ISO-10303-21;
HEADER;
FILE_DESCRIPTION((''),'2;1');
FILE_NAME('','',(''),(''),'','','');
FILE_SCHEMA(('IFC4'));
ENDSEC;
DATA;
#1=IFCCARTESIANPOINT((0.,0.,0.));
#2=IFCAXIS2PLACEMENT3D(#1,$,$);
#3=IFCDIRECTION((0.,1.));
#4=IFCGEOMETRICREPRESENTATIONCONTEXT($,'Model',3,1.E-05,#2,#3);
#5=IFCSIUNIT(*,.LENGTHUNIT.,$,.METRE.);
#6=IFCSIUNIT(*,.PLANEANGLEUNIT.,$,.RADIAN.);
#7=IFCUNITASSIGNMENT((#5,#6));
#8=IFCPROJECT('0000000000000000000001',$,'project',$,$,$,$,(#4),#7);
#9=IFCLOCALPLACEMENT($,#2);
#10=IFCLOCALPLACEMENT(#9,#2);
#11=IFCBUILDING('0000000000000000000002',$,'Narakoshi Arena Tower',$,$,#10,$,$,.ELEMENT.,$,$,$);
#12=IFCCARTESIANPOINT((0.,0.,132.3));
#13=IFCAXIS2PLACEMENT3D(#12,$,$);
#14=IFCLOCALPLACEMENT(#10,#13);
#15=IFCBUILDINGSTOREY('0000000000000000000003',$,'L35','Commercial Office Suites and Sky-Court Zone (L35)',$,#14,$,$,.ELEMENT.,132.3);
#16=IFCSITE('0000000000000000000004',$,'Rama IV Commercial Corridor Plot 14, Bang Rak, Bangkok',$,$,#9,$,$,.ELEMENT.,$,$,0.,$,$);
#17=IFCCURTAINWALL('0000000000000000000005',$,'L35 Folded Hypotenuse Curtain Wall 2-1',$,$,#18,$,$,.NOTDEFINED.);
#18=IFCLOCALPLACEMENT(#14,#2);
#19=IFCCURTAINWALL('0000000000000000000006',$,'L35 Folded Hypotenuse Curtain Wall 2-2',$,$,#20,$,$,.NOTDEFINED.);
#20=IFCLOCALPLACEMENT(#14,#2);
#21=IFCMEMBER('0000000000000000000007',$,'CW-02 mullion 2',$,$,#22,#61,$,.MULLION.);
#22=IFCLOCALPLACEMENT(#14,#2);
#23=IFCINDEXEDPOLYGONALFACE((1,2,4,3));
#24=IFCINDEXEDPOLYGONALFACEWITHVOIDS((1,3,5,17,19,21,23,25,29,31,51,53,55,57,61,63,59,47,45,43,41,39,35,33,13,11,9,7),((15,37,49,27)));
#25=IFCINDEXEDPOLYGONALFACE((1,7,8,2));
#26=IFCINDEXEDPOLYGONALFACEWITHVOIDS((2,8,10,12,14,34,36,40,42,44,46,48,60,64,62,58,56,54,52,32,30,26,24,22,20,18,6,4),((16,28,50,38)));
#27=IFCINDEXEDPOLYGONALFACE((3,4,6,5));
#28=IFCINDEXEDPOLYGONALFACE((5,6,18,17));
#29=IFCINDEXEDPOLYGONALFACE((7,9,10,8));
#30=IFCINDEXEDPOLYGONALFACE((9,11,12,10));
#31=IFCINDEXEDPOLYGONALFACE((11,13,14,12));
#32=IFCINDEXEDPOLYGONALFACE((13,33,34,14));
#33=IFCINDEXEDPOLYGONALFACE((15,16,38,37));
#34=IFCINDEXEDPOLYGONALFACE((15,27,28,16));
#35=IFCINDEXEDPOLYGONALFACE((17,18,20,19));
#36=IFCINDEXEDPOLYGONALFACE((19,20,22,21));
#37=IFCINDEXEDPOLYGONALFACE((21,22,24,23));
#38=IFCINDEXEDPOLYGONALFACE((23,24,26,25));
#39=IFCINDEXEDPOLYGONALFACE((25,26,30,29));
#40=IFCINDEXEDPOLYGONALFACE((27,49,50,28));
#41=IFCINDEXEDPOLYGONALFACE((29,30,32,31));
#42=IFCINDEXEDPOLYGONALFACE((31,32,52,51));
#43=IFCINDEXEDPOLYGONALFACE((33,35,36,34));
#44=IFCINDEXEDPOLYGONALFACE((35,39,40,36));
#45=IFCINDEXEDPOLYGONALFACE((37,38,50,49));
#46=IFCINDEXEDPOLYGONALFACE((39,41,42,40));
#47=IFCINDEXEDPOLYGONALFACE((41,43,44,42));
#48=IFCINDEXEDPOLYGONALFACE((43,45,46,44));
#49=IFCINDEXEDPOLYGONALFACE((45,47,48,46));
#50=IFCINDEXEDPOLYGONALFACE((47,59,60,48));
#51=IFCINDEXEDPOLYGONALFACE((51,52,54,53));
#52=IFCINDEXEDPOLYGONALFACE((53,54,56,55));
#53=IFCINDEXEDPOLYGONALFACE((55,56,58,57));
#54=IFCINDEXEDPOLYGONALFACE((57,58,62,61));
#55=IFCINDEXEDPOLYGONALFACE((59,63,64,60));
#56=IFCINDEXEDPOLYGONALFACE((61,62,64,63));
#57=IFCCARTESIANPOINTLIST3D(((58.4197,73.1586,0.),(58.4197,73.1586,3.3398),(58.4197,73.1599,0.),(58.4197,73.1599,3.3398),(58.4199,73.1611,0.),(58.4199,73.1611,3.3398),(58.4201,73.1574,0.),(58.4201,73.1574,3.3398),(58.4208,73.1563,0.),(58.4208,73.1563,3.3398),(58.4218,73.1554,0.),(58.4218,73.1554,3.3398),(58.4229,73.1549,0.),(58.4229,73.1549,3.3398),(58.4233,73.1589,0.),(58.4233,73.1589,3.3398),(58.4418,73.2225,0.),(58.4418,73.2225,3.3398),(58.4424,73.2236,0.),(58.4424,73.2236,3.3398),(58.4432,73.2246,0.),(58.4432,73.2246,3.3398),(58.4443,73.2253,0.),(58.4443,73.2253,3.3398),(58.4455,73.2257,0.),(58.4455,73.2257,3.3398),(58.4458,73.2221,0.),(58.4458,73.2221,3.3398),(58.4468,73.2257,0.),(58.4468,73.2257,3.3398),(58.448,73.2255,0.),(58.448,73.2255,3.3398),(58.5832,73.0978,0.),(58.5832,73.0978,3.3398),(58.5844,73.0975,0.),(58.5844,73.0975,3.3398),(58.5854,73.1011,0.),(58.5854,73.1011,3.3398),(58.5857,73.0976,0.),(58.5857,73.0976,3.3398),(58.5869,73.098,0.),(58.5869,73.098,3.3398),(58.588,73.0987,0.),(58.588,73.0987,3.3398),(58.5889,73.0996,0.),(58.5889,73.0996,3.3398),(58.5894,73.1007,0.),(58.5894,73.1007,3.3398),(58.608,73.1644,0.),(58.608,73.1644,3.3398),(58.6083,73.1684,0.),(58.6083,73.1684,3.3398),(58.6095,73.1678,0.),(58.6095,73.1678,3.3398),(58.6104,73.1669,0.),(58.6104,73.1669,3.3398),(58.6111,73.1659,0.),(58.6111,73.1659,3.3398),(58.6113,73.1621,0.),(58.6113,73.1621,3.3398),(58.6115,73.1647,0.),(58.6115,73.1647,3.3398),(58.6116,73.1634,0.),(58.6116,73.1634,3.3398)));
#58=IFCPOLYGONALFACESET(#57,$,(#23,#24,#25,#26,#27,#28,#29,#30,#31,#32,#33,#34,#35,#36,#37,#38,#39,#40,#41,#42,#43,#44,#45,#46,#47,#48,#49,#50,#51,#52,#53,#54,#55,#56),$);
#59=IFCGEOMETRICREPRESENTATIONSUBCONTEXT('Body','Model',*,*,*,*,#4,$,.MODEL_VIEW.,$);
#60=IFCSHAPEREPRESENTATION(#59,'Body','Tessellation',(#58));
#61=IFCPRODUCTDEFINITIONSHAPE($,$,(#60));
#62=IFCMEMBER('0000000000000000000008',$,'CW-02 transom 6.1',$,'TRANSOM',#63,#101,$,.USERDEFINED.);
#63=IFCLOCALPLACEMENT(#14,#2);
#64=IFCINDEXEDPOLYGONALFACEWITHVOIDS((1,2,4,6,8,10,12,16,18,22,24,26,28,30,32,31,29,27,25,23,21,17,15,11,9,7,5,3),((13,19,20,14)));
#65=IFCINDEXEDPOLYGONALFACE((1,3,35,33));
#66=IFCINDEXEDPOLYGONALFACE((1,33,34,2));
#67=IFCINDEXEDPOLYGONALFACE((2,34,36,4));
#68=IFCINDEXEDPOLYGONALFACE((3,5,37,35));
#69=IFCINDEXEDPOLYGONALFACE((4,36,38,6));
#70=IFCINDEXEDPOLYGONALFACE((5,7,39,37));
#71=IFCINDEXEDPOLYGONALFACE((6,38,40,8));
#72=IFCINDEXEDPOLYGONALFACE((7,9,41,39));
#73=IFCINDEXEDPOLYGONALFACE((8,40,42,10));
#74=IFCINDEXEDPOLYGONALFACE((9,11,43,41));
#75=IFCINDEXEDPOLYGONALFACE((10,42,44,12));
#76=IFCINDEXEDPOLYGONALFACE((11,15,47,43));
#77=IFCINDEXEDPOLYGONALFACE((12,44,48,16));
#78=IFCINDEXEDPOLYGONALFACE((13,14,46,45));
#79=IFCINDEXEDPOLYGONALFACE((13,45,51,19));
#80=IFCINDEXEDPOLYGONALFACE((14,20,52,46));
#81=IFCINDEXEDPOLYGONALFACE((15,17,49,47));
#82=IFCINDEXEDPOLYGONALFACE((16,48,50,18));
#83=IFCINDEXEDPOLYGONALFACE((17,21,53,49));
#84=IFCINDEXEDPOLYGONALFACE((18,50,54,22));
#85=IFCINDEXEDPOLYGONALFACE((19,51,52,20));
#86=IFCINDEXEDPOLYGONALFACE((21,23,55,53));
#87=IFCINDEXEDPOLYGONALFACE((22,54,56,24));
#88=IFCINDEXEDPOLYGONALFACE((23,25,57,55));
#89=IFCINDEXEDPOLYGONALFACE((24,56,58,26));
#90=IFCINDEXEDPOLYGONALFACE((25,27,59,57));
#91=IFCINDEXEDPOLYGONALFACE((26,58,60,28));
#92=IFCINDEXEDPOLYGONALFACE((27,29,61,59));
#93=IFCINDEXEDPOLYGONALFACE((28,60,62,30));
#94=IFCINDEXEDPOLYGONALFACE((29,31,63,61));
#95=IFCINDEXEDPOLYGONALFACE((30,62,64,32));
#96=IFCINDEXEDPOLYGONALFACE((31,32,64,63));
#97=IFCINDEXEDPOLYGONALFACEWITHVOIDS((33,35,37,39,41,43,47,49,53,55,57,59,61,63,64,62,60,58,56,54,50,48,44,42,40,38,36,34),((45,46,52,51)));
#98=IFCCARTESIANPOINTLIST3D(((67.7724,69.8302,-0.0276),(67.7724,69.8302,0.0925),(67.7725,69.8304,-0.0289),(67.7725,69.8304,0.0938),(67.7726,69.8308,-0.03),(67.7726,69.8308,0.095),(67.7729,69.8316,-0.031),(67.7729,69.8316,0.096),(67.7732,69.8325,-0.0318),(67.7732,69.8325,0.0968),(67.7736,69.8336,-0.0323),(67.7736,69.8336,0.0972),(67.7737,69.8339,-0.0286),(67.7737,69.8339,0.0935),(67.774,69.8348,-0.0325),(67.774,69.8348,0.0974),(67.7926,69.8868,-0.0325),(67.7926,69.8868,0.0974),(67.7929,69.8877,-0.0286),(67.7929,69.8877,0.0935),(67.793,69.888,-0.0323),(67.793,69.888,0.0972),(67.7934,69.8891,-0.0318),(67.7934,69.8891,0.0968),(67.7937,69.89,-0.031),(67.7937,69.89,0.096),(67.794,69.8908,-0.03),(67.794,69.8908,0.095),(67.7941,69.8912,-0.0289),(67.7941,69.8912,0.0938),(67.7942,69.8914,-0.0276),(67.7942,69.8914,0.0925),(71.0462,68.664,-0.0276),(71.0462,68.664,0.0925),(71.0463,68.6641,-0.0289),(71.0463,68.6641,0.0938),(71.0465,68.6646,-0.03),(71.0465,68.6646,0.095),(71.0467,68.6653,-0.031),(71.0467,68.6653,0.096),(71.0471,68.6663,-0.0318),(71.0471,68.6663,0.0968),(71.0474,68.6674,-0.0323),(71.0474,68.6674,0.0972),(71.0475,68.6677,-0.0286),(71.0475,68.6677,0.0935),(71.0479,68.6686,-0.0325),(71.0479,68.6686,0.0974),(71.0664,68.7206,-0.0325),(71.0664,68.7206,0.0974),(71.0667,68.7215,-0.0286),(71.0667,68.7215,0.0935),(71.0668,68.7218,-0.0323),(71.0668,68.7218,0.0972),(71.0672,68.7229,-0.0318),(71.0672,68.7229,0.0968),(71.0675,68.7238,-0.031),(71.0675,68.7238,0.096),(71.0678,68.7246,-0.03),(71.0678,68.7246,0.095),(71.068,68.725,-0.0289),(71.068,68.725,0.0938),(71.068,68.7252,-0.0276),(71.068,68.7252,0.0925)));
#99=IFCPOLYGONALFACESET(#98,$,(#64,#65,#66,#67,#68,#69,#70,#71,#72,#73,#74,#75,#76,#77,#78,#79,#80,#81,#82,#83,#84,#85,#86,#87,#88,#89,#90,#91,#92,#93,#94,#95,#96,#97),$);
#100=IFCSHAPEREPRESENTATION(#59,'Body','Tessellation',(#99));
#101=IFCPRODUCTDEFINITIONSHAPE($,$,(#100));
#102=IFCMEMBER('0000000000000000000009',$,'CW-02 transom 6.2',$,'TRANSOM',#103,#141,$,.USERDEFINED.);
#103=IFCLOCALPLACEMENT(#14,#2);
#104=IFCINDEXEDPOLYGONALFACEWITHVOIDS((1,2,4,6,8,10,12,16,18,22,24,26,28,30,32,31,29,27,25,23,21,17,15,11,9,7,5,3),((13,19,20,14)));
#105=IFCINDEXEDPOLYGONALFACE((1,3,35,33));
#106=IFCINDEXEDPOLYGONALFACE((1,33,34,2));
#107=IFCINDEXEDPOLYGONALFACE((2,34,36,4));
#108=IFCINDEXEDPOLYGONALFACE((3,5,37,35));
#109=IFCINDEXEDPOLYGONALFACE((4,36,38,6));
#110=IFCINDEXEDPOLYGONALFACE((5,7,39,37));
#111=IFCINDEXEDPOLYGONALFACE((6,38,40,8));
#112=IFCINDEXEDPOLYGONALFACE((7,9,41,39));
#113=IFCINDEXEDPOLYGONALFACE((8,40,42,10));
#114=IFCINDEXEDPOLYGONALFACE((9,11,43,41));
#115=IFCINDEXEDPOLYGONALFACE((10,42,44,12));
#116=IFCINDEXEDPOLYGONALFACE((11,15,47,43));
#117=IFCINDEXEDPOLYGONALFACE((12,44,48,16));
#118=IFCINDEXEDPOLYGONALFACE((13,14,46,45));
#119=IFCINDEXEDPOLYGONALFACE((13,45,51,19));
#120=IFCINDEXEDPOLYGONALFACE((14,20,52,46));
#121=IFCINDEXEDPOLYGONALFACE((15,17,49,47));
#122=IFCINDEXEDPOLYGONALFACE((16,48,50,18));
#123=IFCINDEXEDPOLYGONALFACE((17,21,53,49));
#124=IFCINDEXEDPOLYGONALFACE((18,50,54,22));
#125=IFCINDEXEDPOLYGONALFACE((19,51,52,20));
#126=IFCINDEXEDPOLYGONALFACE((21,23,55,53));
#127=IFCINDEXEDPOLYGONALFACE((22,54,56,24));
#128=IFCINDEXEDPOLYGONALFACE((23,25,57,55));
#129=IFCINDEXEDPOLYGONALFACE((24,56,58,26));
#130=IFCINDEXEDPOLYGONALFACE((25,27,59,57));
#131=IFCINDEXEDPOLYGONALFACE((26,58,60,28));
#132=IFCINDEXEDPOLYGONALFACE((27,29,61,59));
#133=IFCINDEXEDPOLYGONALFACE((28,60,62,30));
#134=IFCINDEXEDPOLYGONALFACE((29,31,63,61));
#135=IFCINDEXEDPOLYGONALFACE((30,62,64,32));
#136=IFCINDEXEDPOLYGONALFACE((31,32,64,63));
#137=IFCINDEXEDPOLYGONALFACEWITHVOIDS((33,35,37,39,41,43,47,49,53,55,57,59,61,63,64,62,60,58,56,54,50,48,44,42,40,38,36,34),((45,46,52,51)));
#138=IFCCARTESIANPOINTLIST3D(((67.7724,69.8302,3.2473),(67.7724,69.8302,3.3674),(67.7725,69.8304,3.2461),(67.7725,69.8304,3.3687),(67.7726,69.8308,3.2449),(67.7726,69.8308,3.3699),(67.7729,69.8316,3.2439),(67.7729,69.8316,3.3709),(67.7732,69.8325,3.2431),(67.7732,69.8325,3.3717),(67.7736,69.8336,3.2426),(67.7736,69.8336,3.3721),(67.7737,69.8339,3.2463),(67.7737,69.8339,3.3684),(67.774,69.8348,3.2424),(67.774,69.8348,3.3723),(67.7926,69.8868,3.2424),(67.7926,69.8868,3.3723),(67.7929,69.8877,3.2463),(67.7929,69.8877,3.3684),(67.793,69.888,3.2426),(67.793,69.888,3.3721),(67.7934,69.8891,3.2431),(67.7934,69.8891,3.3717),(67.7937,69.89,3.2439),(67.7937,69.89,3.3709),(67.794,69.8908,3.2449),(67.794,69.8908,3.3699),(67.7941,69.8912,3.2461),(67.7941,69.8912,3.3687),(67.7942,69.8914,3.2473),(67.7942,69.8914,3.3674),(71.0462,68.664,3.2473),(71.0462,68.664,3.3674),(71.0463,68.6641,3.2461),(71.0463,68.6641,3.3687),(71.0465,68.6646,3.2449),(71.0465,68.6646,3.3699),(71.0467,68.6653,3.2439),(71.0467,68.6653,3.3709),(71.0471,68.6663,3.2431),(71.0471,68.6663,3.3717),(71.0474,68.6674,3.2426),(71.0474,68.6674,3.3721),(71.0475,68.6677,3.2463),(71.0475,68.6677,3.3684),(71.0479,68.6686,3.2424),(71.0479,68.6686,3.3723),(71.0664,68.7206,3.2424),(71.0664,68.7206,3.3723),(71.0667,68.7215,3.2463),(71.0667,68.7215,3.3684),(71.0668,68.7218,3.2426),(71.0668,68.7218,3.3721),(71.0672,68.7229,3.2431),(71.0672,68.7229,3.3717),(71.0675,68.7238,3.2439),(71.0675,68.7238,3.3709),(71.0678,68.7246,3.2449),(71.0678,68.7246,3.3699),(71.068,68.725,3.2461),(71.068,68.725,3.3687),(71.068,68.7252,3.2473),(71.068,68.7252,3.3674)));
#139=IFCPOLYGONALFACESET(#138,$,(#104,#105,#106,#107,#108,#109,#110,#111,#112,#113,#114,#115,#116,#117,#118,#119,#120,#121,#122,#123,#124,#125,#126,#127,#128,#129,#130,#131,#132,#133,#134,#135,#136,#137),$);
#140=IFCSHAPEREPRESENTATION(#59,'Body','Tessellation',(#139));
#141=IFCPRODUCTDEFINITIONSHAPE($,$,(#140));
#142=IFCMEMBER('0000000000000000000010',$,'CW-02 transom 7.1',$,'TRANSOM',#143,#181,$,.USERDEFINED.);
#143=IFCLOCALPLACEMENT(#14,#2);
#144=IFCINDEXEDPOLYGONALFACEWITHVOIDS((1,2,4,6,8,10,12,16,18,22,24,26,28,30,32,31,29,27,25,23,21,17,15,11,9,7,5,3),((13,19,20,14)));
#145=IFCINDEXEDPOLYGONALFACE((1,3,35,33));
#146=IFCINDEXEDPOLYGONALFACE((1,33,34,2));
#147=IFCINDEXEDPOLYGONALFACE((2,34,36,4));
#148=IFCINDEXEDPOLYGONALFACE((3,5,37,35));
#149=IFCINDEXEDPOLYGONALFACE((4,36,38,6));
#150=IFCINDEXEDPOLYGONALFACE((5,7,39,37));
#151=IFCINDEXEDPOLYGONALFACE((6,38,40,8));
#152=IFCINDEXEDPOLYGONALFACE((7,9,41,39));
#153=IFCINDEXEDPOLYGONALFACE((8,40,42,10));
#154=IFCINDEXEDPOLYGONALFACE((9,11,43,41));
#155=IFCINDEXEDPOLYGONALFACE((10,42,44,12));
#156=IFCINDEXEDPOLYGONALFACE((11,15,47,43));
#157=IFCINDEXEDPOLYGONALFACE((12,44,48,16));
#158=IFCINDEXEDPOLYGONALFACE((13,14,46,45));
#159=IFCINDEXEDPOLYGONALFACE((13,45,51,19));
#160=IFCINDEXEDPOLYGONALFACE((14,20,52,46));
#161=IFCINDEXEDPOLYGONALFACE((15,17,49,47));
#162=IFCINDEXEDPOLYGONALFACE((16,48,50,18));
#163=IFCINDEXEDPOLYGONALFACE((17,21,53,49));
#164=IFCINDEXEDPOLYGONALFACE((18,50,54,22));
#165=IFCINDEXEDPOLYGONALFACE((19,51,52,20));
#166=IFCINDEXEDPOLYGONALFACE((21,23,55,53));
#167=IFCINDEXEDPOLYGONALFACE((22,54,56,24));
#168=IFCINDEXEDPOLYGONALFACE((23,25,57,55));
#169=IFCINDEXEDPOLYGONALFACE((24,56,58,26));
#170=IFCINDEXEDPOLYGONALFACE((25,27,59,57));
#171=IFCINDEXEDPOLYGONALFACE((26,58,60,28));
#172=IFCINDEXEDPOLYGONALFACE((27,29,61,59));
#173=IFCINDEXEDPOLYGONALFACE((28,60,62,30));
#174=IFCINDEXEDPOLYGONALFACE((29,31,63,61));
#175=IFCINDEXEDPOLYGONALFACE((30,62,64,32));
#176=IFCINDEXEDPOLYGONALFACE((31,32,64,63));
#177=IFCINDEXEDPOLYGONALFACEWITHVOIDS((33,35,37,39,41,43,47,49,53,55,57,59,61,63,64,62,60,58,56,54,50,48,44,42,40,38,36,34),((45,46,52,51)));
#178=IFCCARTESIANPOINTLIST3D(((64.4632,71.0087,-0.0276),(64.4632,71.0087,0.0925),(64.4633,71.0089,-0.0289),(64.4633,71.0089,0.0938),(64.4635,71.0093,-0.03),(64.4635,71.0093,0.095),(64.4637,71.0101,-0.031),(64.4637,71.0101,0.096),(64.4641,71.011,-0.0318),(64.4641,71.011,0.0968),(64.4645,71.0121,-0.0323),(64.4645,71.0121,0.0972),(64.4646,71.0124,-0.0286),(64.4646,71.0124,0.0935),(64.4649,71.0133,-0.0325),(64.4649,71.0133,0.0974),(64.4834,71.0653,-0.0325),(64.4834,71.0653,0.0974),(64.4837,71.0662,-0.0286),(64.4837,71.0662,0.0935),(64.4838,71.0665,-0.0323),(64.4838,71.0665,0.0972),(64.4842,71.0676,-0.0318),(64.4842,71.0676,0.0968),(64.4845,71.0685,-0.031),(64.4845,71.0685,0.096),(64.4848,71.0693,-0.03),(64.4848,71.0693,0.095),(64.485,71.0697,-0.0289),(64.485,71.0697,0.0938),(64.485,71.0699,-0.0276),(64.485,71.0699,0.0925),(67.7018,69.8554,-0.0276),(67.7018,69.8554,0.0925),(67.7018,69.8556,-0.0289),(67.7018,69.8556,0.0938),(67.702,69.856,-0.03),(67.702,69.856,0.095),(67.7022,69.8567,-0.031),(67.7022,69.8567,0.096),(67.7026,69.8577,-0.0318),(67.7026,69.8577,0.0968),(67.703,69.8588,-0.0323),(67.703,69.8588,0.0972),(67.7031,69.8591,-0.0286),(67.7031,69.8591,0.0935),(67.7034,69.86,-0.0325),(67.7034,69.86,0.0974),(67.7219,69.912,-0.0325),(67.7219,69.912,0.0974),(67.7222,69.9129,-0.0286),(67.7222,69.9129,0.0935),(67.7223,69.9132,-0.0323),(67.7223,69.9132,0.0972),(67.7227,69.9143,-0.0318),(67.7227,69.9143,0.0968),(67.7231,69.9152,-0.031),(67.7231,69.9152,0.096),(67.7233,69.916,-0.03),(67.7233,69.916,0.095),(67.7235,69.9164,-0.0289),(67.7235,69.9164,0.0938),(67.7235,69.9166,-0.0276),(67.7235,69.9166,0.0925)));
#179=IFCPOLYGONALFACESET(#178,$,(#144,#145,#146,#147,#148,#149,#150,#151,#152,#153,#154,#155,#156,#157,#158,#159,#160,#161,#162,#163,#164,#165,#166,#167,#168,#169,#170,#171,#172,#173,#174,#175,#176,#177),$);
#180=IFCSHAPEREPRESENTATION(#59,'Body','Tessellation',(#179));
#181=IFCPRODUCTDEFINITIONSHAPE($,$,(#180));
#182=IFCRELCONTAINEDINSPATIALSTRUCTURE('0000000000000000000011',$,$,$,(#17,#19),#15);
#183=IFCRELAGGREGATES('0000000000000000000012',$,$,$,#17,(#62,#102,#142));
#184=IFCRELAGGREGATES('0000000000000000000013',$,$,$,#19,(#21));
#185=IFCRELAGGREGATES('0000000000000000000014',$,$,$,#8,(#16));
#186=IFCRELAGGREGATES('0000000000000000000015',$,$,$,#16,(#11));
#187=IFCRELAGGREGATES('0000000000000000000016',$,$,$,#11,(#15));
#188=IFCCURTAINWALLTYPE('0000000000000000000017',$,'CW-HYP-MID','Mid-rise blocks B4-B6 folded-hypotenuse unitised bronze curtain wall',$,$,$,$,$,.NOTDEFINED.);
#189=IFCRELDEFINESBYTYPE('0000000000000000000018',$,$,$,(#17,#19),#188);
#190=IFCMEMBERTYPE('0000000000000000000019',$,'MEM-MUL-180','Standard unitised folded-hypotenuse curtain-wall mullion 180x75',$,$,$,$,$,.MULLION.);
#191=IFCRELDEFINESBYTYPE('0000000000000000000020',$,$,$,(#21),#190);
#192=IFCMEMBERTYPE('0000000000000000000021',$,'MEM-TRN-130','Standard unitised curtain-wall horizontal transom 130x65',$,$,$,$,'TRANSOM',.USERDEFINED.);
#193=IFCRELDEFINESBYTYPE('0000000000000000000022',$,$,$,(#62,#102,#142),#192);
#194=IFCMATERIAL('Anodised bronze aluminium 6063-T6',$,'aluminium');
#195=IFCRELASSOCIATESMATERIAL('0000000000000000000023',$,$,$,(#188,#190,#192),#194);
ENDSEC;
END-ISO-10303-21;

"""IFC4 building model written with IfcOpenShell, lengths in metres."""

from ifc_helpers import new_model, si_unit, direction, frame, origin, origin_2d, place, context, subcontext, project, spatial, hollow_rectangle, extrude, material, material_profile, profile_set, type_object, element, aggregate, save


model = new_model("IFC4")

# Units and contexts
model_context = context("Model", 3, precision=1e-05, world=origin(), true_north=direction((0.0, 1.0)))
body_context = subcontext(model_context, "Body", "Model", "MODEL_VIEW")
ifc_project = project(units=[si_unit("LENGTHUNIT", "METRE"), si_unit("PLANEANGLEUNIT", "RADIAN")], contexts=[model_context])

# Site, building, storey
site_placement = place(None, origin())
site = spatial("IfcSite", under=ifc_project, at=site_placement, Name="Rama IV Commercial Corridor Plot 14, Bang Rak, Bangkok", CompositionType="ELEMENT", RefElevation=0.0)
building_placement = place(site_placement, origin())
building = spatial("IfcBuilding", under=site, at=building_placement, Name="Narakoshi Arena Tower", CompositionType="ELEMENT")
storey_placement = place(building_placement, frame((0.0, 0.0, 132.3)))
storey = spatial("IfcBuildingStorey", under=building, at=storey_placement, Name="L35", Description="Commercial Office Suites and Sky-Court Zone (L35)", CompositionType="ELEMENT", Elevation=132.3)

# Curtain walls, member
ifc_material_1 = material(Name="Anodised bronze aluminium 6063-T6", Category="aluminium")
curtain_wall_type = type_object("IfcCurtainWallType", Name="CW-HYP-MID", Description="Mid-rise blocks B4-B6 folded-hypotenuse unitised bronze curtain wall", PredefinedType="NOTDEFINED", material=ifc_material_1)
curtain_wall_1_placement = place(storey_placement, origin())
curtain_wall_1 = element("IfcCurtainWall", 1, at=curtain_wall_1_placement, inside=storey, type_object=curtain_wall_type, Name="L35 Folded Hypotenuse Curtain Wall 2-1", PredefinedType="NOTDEFINED")
ifc_material_profile_1 = material_profile(ifc_material_1, hollow_rectangle(XDim=0.075, YDim=0.1799, WallThickness=0.0039, OuterFilletRadius=0.0049, at=origin_2d()), Name="MUL180x75x4")
ifc_profile_set_1 = profile_set([ifc_material_profile_1], Name="Anodised bronze aluminium 6063-T6")
member_type_1 = type_object("IfcMemberType", Name="MEM-MUL-180", Description="Standard unitised folded-hypotenuse curtain-wall mullion 180x75", PredefinedType="MULLION", material=ifc_profile_set_1)
curtain_wall_2_placement = place(storey_placement, origin())
curtain_wall_2 = element("IfcCurtainWall", 2, at=curtain_wall_2_placement, inside=storey, type_object=curtain_wall_type, Name="L35 Folded Hypotenuse Curtain Wall 2-2", PredefinedType="NOTDEFINED")
member_1_placement = place(storey_placement, frame((58.5156, 73.1616, 0.0), z_axis=(0.0, 0.0, 1.0), x_axis=(-0.335542, -0.942025, 0.0)))
member_1 = element("IfcMember", 3, at=member_1_placement, type_object=member_type_1, Name="CW-02 mullion 2", PredefinedType="MULLION", context=body_context, shape_type="SweptSolid", body=[
    extrude(hollow_rectangle(XDim=0.075, YDim=0.1799, WallThickness=0.0039, OuterFilletRadius=0.0049, at=origin_2d()), origin(), (0.0, 0.0, 1.0), 3.3398),
])

# Members
ifc_material_profile_2 = material_profile(ifc_material_1, hollow_rectangle(XDim=0.0649, YDim=0.1299, WallThickness=0.0039, OuterFilletRadius=0.0049, at=origin_2d()), Name="TRN130x65x4")
ifc_profile_set_2 = profile_set([ifc_material_profile_2], Name="Anodised bronze aluminium 6063-T6")
member_type_2 = type_object("IfcMemberType", Name="MEM-TRN-130", Description="Standard unitised curtain-wall horizontal transom 130x65", ElementType="TRANSOM", PredefinedType="USERDEFINED", material=ifc_profile_set_2)
member_2_placement = place(storey_placement, frame((71.0571, 68.6946, 0.0325), z_axis=(-0.942015, 0.335571, 0.0), x_axis=(-0.335571, -0.942015, 0.0)))
member_2 = element("IfcMember", 4, at=member_2_placement, type_object=member_type_2, Name="CW-02 transom 6.1", ObjectType="TRANSOM", PredefinedType="USERDEFINED", context=body_context, shape_type="SweptSolid", body=[
    extrude(hollow_rectangle(XDim=0.0649, YDim=0.1299, WallThickness=0.0039, OuterFilletRadius=0.0049, at=origin_2d()), origin(), (0.0, 0.0, 1.0), 3.4753),
])
member_3_placement = place(storey_placement, frame((71.0571, 68.6946, 3.3074), z_axis=(-0.942015, 0.335571, 0.0), x_axis=(-0.335571, -0.942015, 0.0)))
member_3 = element("IfcMember", 5, at=member_3_placement, type_object=member_type_2, Name="CW-02 transom 6.2", ObjectType="TRANSOM", PredefinedType="USERDEFINED", context=body_context, shape_type="SweptSolid", body=[
    extrude(hollow_rectangle(XDim=0.0649, YDim=0.1299, WallThickness=0.0039, OuterFilletRadius=0.0049, at=origin_2d()), origin(), (0.0, 0.0, 1.0), 3.4753),
])
member_4_placement = place(storey_placement, frame((67.7126, 69.886, 0.0325), z_axis=(-0.942045, 0.335486, 0.0), x_axis=(-0.335486, -0.942045, 0.0)))
member_4 = element("IfcMember", 6, at=member_4_placement, type_object=member_type_2, Name="CW-02 transom 7.1", ObjectType="TRANSOM", PredefinedType="USERDEFINED", context=body_context, shape_type="SweptSolid", body=[
    extrude(hollow_rectangle(XDim=0.0649, YDim=0.1299, WallThickness=0.0039, OuterFilletRadius=0.0049, at=origin_2d()), origin(), (0.0, 0.0, 1.0), 3.4377),
])

aggregate(curtain_wall_1, [member_2, member_3, member_4])
aggregate(curtain_wall_2, [member_1])

save(model, "model.ifc")
